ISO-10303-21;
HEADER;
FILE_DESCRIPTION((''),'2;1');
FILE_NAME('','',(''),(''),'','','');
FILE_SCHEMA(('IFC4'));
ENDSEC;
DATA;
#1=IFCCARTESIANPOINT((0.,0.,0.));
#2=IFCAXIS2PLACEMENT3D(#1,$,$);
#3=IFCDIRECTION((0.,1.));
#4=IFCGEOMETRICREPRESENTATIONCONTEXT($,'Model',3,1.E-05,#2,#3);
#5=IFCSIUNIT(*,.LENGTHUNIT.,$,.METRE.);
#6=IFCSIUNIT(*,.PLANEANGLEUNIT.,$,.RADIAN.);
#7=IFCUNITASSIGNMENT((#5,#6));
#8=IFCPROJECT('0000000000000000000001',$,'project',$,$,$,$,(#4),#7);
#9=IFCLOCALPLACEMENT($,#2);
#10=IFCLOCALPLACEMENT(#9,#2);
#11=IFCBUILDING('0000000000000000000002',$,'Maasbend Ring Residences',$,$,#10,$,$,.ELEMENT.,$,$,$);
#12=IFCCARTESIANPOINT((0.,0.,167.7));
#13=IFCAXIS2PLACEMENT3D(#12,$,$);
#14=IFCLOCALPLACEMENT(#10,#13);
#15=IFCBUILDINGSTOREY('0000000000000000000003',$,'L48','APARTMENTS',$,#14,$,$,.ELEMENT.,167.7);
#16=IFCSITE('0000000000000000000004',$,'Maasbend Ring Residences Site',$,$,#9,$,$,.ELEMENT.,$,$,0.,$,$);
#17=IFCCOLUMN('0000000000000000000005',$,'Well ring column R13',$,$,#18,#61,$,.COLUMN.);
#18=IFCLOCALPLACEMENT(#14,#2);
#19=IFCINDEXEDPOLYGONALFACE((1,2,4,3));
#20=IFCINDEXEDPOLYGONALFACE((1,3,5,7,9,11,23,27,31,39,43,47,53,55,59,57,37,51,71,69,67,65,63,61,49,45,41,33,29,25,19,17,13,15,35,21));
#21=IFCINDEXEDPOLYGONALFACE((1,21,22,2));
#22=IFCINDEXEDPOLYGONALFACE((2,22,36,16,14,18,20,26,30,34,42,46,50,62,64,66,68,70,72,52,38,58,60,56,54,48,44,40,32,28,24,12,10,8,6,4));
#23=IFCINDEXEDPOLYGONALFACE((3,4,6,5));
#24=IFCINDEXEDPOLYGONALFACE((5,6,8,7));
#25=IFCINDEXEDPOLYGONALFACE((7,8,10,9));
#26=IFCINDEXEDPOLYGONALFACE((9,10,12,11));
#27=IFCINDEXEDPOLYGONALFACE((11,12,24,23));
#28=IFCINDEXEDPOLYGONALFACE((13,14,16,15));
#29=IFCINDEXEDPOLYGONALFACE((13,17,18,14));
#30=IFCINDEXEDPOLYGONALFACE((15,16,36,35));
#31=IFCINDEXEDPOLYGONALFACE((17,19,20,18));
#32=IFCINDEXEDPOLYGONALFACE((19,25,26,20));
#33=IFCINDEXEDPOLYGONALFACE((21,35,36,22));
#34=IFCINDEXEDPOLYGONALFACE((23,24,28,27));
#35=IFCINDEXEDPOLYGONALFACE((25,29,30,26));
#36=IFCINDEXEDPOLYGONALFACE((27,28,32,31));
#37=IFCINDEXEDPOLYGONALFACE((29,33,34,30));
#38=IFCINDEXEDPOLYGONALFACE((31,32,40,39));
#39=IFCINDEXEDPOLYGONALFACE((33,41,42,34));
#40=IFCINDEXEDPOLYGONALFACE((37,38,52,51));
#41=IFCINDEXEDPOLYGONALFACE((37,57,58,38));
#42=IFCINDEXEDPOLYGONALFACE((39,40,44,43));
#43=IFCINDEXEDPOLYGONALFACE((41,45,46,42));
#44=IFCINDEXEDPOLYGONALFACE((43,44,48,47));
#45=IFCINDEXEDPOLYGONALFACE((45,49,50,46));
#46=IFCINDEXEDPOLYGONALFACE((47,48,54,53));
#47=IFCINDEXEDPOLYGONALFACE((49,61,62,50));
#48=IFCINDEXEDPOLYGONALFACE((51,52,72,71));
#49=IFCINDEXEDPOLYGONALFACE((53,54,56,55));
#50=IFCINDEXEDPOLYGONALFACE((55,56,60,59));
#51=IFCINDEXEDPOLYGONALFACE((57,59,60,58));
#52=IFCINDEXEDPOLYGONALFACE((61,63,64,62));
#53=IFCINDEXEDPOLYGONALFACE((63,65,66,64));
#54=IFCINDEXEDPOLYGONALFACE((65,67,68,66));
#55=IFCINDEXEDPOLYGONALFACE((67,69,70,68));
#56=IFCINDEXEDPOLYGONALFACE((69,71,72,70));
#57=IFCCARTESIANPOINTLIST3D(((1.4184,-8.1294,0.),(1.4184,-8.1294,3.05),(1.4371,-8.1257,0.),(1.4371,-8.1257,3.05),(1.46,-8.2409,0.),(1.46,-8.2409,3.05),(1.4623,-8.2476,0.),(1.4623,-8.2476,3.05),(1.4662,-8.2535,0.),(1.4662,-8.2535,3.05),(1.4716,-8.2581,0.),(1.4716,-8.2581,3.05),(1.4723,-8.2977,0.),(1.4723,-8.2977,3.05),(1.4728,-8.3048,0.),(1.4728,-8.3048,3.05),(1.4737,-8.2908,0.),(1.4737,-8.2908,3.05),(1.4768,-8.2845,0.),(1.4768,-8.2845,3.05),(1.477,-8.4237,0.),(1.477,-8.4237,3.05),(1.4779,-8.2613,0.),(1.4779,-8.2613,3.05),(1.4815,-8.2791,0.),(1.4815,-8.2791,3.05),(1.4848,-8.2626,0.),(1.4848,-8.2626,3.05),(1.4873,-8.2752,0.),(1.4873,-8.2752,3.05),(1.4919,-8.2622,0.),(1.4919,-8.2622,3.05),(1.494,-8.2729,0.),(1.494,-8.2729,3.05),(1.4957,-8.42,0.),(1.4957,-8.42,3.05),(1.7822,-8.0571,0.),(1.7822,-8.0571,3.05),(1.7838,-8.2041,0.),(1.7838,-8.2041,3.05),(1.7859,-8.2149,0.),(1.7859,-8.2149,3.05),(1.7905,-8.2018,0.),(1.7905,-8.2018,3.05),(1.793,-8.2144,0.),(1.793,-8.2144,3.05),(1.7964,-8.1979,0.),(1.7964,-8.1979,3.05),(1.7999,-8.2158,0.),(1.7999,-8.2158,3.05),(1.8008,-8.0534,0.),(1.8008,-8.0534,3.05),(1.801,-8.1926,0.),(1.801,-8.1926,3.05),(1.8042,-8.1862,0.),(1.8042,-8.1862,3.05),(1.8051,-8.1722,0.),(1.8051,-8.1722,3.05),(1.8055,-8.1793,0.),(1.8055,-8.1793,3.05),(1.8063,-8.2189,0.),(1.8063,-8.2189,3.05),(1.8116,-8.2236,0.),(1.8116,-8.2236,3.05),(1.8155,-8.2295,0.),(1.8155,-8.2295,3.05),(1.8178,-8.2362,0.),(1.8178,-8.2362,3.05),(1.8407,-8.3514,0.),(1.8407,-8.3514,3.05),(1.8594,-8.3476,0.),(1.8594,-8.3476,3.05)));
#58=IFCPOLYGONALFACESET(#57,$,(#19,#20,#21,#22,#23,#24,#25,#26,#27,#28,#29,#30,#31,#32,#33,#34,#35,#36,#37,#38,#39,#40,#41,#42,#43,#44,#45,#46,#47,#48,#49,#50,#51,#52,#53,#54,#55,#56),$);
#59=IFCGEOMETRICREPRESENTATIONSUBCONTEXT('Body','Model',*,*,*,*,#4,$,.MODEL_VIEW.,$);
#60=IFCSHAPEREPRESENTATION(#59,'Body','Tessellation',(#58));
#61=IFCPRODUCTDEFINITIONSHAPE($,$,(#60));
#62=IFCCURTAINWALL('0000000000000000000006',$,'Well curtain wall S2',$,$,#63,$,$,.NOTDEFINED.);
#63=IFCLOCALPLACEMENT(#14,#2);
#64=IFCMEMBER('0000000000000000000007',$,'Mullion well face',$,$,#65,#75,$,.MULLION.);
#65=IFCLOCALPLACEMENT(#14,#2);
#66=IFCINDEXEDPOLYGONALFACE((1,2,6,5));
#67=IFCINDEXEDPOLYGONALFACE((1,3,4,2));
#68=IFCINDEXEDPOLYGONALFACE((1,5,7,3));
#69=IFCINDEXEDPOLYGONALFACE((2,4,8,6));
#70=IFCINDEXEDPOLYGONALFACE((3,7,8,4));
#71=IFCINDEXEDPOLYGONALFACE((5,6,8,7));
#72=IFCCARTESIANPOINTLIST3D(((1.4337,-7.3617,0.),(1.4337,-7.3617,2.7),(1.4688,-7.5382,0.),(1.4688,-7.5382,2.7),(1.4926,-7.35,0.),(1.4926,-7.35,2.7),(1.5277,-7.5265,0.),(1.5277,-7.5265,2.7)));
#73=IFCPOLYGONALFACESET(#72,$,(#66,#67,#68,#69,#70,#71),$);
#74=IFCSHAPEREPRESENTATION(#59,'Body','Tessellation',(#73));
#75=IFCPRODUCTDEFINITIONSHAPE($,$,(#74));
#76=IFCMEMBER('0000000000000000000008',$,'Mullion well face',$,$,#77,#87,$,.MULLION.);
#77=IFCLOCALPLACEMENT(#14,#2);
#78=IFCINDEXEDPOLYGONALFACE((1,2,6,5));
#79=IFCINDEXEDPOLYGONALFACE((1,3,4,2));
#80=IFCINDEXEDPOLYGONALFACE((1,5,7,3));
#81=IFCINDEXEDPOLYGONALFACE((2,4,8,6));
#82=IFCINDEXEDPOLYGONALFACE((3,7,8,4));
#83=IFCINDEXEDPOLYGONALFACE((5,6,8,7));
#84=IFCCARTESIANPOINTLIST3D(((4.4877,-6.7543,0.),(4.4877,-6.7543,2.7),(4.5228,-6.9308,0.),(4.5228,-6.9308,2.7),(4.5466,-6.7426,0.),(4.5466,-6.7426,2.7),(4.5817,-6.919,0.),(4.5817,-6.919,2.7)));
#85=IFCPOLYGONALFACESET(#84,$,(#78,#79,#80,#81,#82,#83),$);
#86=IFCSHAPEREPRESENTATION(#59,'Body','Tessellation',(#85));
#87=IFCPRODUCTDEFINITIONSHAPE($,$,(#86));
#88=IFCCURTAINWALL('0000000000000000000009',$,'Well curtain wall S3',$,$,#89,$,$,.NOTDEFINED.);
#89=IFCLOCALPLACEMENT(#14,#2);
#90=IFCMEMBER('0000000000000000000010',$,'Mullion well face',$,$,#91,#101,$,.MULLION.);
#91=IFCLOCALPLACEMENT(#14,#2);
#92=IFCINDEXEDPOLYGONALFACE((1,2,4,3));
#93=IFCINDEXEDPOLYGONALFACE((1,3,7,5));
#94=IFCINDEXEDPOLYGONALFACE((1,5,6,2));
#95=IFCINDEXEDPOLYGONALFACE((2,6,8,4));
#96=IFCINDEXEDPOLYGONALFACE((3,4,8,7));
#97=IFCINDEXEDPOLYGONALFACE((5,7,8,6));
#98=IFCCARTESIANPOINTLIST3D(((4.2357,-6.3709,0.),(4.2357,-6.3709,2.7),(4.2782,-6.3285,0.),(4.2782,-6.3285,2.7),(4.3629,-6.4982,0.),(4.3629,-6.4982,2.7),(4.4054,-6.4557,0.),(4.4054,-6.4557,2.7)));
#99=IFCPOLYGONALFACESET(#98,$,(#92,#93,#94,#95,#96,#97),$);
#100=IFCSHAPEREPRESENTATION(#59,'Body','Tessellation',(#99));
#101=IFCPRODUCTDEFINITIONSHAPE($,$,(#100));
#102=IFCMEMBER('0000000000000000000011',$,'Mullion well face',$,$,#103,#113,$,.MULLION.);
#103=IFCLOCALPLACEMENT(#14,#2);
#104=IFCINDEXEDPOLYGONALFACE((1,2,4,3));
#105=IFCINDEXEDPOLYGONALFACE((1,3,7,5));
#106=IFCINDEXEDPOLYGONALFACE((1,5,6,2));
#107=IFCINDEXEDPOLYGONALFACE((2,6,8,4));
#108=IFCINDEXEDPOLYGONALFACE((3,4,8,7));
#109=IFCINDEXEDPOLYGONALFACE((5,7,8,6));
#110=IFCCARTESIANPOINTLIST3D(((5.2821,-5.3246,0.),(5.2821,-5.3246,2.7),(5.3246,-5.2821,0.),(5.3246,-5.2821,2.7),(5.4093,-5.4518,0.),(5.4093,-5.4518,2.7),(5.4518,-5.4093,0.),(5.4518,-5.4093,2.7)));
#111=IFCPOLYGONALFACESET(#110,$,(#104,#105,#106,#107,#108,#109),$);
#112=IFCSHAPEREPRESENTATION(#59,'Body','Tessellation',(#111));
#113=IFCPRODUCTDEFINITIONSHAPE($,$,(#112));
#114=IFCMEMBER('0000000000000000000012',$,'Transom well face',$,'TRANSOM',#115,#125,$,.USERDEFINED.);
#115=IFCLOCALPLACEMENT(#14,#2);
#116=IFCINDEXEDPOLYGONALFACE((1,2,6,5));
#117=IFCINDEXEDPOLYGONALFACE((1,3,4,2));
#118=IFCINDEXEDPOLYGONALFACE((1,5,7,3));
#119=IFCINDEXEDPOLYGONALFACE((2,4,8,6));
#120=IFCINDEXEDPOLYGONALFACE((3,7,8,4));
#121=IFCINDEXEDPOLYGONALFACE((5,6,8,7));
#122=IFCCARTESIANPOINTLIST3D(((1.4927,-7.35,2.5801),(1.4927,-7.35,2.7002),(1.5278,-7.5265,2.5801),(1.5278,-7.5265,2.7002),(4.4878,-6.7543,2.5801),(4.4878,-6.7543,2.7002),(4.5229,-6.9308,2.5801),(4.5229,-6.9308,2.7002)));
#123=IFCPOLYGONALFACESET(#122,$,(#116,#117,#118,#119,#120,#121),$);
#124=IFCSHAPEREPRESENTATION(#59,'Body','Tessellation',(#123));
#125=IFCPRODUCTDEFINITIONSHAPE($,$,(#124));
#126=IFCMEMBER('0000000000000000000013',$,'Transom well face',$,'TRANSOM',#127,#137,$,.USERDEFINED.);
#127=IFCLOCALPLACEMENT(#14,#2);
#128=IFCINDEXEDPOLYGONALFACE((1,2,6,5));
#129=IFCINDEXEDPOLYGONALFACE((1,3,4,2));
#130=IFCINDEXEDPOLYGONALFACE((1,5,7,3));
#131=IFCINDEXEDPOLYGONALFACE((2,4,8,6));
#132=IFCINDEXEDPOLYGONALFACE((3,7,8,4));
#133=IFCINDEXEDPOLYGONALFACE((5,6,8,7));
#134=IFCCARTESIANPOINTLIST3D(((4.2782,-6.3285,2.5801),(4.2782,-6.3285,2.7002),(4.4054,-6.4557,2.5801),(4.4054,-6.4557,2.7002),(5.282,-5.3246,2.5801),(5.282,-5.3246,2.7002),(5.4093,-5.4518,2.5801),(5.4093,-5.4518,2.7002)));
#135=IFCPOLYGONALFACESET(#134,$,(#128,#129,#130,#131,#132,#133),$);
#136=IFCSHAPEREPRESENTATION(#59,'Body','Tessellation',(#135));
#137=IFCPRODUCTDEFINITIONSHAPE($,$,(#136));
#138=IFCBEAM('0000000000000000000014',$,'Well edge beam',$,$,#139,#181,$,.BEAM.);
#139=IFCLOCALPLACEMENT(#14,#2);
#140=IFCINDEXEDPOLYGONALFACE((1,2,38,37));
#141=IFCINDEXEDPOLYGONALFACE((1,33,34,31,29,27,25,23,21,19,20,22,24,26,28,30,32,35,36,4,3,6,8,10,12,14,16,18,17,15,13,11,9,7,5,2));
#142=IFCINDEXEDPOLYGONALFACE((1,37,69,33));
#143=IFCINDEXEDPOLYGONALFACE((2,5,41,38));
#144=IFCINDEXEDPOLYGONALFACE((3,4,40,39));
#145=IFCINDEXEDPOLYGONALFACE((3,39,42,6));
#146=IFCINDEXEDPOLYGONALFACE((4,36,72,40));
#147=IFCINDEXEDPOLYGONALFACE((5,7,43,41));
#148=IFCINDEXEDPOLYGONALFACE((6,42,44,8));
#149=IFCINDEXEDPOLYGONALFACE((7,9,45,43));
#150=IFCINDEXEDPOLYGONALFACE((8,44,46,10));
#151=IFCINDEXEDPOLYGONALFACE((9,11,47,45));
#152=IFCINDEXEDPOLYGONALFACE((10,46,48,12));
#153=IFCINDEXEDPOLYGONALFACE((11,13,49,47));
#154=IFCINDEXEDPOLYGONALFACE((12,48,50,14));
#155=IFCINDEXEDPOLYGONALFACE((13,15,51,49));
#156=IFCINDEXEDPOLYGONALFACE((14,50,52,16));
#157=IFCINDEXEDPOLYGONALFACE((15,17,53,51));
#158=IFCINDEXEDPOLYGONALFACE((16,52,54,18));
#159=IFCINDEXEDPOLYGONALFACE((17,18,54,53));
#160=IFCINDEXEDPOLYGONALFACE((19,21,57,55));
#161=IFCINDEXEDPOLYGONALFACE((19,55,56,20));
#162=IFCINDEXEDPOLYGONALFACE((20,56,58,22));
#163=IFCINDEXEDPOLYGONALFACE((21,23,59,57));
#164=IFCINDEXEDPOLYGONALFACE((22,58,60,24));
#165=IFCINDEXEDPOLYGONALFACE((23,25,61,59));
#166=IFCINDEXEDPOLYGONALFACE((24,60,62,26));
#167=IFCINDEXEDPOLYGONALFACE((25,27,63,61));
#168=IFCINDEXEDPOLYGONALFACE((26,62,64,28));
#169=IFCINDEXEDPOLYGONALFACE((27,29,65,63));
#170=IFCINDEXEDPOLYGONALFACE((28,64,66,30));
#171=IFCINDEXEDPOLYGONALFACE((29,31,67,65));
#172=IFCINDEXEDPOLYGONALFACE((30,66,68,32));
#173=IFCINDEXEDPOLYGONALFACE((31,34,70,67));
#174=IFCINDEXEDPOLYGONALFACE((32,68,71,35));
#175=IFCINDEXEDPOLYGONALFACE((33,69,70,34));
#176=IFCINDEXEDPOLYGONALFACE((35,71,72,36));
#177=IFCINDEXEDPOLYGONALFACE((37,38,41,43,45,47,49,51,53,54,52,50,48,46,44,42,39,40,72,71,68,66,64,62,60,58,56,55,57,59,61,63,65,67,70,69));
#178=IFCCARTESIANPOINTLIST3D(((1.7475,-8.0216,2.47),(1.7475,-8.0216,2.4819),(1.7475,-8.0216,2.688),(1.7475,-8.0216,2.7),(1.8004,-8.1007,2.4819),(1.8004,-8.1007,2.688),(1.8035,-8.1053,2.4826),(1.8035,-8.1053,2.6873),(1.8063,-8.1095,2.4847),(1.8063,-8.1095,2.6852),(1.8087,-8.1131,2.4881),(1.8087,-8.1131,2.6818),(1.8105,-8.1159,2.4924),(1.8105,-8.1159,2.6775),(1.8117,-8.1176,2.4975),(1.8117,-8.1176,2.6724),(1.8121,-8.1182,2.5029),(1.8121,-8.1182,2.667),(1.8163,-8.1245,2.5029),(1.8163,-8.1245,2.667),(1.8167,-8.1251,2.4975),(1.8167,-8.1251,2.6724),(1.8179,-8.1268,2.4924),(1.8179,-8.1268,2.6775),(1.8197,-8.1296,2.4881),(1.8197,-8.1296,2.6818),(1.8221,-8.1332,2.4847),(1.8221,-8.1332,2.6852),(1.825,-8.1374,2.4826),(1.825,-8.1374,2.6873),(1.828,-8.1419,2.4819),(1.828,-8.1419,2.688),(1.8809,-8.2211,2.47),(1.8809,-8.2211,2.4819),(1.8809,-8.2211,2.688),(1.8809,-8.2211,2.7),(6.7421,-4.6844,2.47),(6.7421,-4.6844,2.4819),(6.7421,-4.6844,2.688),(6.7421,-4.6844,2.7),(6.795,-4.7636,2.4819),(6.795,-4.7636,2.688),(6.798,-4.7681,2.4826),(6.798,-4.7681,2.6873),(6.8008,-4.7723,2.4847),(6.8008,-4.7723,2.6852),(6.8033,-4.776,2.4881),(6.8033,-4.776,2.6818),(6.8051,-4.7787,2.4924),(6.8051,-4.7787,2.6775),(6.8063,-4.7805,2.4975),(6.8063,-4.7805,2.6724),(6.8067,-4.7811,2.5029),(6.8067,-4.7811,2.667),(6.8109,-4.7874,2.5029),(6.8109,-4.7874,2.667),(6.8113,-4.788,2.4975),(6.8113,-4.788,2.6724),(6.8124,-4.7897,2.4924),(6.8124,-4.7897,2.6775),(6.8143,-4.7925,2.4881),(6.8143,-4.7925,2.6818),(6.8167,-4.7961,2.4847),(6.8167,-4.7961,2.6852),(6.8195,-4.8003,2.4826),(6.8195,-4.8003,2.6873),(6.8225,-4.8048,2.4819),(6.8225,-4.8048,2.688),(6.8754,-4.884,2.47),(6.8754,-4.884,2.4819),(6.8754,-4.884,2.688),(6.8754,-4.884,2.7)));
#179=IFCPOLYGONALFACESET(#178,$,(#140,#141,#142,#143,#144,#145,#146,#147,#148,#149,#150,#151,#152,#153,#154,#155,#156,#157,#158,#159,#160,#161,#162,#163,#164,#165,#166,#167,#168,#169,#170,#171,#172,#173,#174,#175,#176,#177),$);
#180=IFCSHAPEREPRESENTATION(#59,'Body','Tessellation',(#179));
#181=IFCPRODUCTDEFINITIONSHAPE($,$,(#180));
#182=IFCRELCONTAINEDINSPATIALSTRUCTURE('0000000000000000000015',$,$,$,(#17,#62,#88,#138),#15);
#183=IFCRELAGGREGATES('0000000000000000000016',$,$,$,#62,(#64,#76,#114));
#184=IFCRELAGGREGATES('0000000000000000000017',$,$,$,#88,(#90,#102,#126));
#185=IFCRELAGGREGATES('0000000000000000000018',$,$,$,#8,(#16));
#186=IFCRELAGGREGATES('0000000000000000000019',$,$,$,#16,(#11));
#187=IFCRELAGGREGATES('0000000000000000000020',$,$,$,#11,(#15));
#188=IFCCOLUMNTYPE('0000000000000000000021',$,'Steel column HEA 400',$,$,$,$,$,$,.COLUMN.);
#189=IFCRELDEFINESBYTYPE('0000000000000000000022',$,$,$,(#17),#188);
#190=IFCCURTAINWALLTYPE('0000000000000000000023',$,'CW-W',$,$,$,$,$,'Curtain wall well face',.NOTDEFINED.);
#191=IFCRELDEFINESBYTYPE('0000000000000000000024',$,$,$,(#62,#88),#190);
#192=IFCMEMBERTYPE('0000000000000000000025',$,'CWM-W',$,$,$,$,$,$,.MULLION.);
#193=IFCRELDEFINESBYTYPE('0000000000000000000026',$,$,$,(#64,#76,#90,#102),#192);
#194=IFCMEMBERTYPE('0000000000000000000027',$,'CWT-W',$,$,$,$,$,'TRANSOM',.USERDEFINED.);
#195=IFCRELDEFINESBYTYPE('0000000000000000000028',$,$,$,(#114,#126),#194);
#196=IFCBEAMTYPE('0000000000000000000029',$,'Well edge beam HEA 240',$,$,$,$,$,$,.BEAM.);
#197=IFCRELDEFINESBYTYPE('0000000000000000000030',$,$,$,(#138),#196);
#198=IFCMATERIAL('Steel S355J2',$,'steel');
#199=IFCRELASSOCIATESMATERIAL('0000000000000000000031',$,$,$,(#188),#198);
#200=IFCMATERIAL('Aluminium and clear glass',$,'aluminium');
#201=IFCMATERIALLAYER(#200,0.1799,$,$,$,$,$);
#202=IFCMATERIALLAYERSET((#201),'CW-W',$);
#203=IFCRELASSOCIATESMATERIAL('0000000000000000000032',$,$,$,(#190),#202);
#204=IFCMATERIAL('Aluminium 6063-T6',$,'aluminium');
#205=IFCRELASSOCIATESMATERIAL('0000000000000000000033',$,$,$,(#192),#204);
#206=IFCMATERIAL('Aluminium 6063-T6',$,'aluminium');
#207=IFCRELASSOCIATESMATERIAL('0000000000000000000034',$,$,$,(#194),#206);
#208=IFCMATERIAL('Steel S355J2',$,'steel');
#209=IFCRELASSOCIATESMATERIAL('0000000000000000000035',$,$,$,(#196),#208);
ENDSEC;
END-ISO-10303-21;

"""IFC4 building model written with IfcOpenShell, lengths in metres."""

from ifc_helpers import new_model, si_unit, direction, frame, origin, origin_2d, place, context, subcontext, project, spatial, rectangle, i_section, extrude, material, layer, layer_set, material_profile, profile_set, type_object, element, aggregate, save


model = new_model("IFC4")

# Units and contexts
model_context = context("Model", 3, precision=1e-05, world=origin(), true_north=direction((0.0, 1.0)))
body_context = subcontext(model_context, "Body", "Model", "MODEL_VIEW")
ifc_project = project(units=[si_unit("LENGTHUNIT", "METRE"), si_unit("PLANEANGLEUNIT", "RADIAN")], contexts=[model_context])

# Site, building, storey
site_placement = place(None, origin())
site = spatial("IfcSite", under=ifc_project, at=site_placement, Name="Maasbend Ring Residences Site", CompositionType="ELEMENT", RefElevation=0.0)
building_placement = place(site_placement, origin())
building = spatial("IfcBuilding", under=site, at=building_placement, Name="Maasbend Ring Residences", CompositionType="ELEMENT")
storey_placement = place(building_placement, frame((0.0, 0.0, 167.7)))
storey = spatial("IfcBuildingStorey", under=building, at=storey_placement, Name="L48", Description="APARTMENTS", CompositionType="ELEMENT", Elevation=167.7)

# Column
ifc_material_1 = material(Name="Steel S355J2", Category="steel")
ifc_material_profile_1 = material_profile(ifc_material_1, i_section(OverallWidth=0.3, OverallDepth=0.3899, WebThickness=0.011, FlangeThickness=0.019, FilletRadius=0.0271, at=origin_2d()), Name="HEA 400")
ifc_profile_set_1 = profile_set([ifc_material_profile_1], Name="Steel S355J2")
column_type = type_object("IfcColumnType", Name="Steel column HEA 400", PredefinedType="COLUMN", material=ifc_profile_set_1)
column_placement = place(storey_placement, frame((1.6389, -8.2385, 0.0), z_axis=(0.0, 0.0, 1.0), x_axis=(0.19509, -0.980785, 0.0)))
element("IfcColumn", 1, at=column_placement, inside=storey, type_object=column_type, Name="Well ring column R13", PredefinedType="COLUMN", context=body_context, shape_type="SweptSolid", body=[
    extrude(i_section(OverallWidth=0.3, OverallDepth=0.3899, WebThickness=0.011, FlangeThickness=0.019, FilletRadius=0.0271, at=origin_2d()), origin(), (0.0, 0.0, 1.0), 3.05),
])

# Curtain walls, members
ifc_material_2 = material(Name="Aluminium and clear glass", Category="aluminium")
ifc_layer_1 = layer(ifc_material_2, 0.1799)
ifc_layer_set_1 = layer_set([ifc_layer_1], Name="CW-W")
curtain_wall_type = type_object("IfcCurtainWallType", Name="CW-W", ElementType="Curtain wall well face", PredefinedType="NOTDEFINED", material=ifc_layer_set_1)
curtain_wall_1_placement = place(storey_placement, origin())
curtain_wall_1 = element("IfcCurtainWall", 2, at=curtain_wall_1_placement, inside=storey, type_object=curtain_wall_type, Name="Well curtain wall S2", PredefinedType="NOTDEFINED")
ifc_material_3 = material(Name="Aluminium 6063-T6", Category="aluminium")
ifc_material_profile_2 = material_profile(ifc_material_3, rectangle(XDim=0.1799, YDim=0.0601, at=origin_2d()), Name="AL 180x60")
ifc_profile_set_2 = profile_set([ifc_material_profile_2], Name="Aluminium 6063-T6")
member_type_1 = type_object("IfcMemberType", Name="CWM-W", PredefinedType="MULLION", material=ifc_profile_set_2)
member_1_placement = place(storey_placement, frame((1.4807, -7.4441, 0.0), z_axis=(0.0, 0.0, 1.0), x_axis=(-0.19509, 0.980785, 0.0)))
member_1 = element("IfcMember", 3, at=member_1_placement, type_object=member_type_1, Name="Mullion well face", PredefinedType="MULLION", context=body_context, shape_type="SweptSolid", body=[
    extrude(rectangle(XDim=0.1799, YDim=0.0601, at=origin_2d()), origin(), (0.0, 0.0, 1.0), 2.7),
])
member_2_placement = place(storey_placement, frame((4.5347, -6.8367, 0.0), z_axis=(0.0, 0.0, 1.0), x_axis=(-0.19509, 0.980785, 0.0)))
member_2 = element("IfcMember", 4, at=member_2_placement, type_object=member_type_1, Name="Mullion well face", PredefinedType="MULLION", context=body_context, shape_type="SweptSolid", body=[
    extrude(rectangle(XDim=0.1799, YDim=0.0601, at=origin_2d()), origin(), (0.0, 0.0, 1.0), 2.7),
])
curtain_wall_2_placement = place(storey_placement, origin())
curtain_wall_2 = element("IfcCurtainWall", 5, at=curtain_wall_2_placement, inside=storey, type_object=curtain_wall_type, Name="Well curtain wall S3", PredefinedType="NOTDEFINED")
member_3_placement = place(storey_placement, frame((4.3206, -6.4133, 0.0), z_axis=(0.0, 0.0, 1.0), x_axis=(-0.707107, 0.707107, 0.0)))
member_3 = element("IfcMember", 6, at=member_3_placement, type_object=member_type_1, Name="Mullion well face", PredefinedType="MULLION", context=body_context, shape_type="SweptSolid", body=[
    extrude(rectangle(XDim=0.1799, YDim=0.0601, at=origin_2d()), origin(), (0.0, 0.0, 1.0), 2.7),
])
member_4_placement = place(storey_placement, frame((5.3669, -5.3669, 0.0), z_axis=(0.0, 0.0, 1.0), x_axis=(-0.707107, 0.707107, 0.0)))
member_4 = element("IfcMember", 7, at=member_4_placement, type_object=member_type_1, Name="Mullion well face", PredefinedType="MULLION", context=body_context, shape_type="SweptSolid", body=[
    extrude(rectangle(XDim=0.1799, YDim=0.0601, at=origin_2d()), origin(), (0.0, 0.0, 1.0), 2.7),
])

# Members
ifc_material_4 = material(Name="Aluminium 6063-T6", Category="aluminium")
ifc_material_profile_3 = material_profile(ifc_material_4, rectangle(XDim=0.1799, YDim=0.1201, at=origin_2d()), Name="AL 180x120")
ifc_profile_set_3 = profile_set([ifc_material_profile_3], Name="Aluminium 6063-T6")
member_type_2 = type_object("IfcMemberType", Name="CWT-W", ElementType="TRANSOM", PredefinedType="USERDEFINED", material=ifc_profile_set_3)
member_5_placement = place(storey_placement, frame((1.5103, -7.4382, 2.6401), z_axis=(0.980789, 0.195071, 0.0), x_axis=(-0.195071, 0.980789, 0.0)))
member_5 = element("IfcMember", 8, at=member_5_placement, type_object=member_type_2, Name="Transom well face", ObjectType="TRANSOM", PredefinedType="USERDEFINED", context=body_context, shape_type="SweptSolid", body=[
    extrude(rectangle(XDim=0.1799, YDim=0.1201, at=origin_2d()), origin(), (0.0, 0.0, 1.0), 3.0537),
])
member_6_placement = place(storey_placement, frame((4.3418, -6.3921, 2.6401), z_axis=(0.707107, 0.707107, 0.0), x_axis=(-0.707107, 0.707107, 0.0)))
member_6 = element("IfcMember", 9, at=member_6_placement, type_object=member_type_2, Name="Transom well face", ObjectType="TRANSOM", PredefinedType="USERDEFINED", context=body_context, shape_type="SweptSolid", body=[
    extrude(rectangle(XDim=0.1799, YDim=0.1201, at=origin_2d()), origin(), (0.0, 0.0, 1.0), 1.4197),
])

# Beam
ifc_material_5 = material(Name="Steel S355J2", Category="steel")
ifc_material_profile_4 = material_profile(ifc_material_5, i_section(OverallWidth=0.24, OverallDepth=0.23, WebThickness=0.0076, FlangeThickness=0.012, FilletRadius=0.021, at=origin_2d()), Name="HEA 240")
ifc_profile_set_4 = profile_set([ifc_material_profile_4], Name="Steel S355J2")
beam_type = type_object("IfcBeamType", Name="Well edge beam HEA 240", PredefinedType="BEAM", material=ifc_profile_set_4)
beam_placement = place(storey_placement, frame((1.8142, -8.1213, 2.585), z_axis=(0.831481, 0.555553, 0.0), x_axis=(-0.555553, 0.831481, 0.0)))
element("IfcBeam", 10, at=beam_placement, inside=storey, type_object=beam_type, Name="Well edge beam", PredefinedType="BEAM", context=body_context, shape_type="SweptSolid", body=[
    extrude(i_section(OverallWidth=0.24, OverallDepth=0.23, WebThickness=0.0076, FlangeThickness=0.012, FilletRadius=0.021, at=origin_2d()), origin(), (0.0, 0.0, 1.0), 6.0068),
])

aggregate(curtain_wall_1, [member_1, member_2, member_5])
aggregate(curtain_wall_2, [member_3, member_4, member_6])

save(model, "model.ifc")
